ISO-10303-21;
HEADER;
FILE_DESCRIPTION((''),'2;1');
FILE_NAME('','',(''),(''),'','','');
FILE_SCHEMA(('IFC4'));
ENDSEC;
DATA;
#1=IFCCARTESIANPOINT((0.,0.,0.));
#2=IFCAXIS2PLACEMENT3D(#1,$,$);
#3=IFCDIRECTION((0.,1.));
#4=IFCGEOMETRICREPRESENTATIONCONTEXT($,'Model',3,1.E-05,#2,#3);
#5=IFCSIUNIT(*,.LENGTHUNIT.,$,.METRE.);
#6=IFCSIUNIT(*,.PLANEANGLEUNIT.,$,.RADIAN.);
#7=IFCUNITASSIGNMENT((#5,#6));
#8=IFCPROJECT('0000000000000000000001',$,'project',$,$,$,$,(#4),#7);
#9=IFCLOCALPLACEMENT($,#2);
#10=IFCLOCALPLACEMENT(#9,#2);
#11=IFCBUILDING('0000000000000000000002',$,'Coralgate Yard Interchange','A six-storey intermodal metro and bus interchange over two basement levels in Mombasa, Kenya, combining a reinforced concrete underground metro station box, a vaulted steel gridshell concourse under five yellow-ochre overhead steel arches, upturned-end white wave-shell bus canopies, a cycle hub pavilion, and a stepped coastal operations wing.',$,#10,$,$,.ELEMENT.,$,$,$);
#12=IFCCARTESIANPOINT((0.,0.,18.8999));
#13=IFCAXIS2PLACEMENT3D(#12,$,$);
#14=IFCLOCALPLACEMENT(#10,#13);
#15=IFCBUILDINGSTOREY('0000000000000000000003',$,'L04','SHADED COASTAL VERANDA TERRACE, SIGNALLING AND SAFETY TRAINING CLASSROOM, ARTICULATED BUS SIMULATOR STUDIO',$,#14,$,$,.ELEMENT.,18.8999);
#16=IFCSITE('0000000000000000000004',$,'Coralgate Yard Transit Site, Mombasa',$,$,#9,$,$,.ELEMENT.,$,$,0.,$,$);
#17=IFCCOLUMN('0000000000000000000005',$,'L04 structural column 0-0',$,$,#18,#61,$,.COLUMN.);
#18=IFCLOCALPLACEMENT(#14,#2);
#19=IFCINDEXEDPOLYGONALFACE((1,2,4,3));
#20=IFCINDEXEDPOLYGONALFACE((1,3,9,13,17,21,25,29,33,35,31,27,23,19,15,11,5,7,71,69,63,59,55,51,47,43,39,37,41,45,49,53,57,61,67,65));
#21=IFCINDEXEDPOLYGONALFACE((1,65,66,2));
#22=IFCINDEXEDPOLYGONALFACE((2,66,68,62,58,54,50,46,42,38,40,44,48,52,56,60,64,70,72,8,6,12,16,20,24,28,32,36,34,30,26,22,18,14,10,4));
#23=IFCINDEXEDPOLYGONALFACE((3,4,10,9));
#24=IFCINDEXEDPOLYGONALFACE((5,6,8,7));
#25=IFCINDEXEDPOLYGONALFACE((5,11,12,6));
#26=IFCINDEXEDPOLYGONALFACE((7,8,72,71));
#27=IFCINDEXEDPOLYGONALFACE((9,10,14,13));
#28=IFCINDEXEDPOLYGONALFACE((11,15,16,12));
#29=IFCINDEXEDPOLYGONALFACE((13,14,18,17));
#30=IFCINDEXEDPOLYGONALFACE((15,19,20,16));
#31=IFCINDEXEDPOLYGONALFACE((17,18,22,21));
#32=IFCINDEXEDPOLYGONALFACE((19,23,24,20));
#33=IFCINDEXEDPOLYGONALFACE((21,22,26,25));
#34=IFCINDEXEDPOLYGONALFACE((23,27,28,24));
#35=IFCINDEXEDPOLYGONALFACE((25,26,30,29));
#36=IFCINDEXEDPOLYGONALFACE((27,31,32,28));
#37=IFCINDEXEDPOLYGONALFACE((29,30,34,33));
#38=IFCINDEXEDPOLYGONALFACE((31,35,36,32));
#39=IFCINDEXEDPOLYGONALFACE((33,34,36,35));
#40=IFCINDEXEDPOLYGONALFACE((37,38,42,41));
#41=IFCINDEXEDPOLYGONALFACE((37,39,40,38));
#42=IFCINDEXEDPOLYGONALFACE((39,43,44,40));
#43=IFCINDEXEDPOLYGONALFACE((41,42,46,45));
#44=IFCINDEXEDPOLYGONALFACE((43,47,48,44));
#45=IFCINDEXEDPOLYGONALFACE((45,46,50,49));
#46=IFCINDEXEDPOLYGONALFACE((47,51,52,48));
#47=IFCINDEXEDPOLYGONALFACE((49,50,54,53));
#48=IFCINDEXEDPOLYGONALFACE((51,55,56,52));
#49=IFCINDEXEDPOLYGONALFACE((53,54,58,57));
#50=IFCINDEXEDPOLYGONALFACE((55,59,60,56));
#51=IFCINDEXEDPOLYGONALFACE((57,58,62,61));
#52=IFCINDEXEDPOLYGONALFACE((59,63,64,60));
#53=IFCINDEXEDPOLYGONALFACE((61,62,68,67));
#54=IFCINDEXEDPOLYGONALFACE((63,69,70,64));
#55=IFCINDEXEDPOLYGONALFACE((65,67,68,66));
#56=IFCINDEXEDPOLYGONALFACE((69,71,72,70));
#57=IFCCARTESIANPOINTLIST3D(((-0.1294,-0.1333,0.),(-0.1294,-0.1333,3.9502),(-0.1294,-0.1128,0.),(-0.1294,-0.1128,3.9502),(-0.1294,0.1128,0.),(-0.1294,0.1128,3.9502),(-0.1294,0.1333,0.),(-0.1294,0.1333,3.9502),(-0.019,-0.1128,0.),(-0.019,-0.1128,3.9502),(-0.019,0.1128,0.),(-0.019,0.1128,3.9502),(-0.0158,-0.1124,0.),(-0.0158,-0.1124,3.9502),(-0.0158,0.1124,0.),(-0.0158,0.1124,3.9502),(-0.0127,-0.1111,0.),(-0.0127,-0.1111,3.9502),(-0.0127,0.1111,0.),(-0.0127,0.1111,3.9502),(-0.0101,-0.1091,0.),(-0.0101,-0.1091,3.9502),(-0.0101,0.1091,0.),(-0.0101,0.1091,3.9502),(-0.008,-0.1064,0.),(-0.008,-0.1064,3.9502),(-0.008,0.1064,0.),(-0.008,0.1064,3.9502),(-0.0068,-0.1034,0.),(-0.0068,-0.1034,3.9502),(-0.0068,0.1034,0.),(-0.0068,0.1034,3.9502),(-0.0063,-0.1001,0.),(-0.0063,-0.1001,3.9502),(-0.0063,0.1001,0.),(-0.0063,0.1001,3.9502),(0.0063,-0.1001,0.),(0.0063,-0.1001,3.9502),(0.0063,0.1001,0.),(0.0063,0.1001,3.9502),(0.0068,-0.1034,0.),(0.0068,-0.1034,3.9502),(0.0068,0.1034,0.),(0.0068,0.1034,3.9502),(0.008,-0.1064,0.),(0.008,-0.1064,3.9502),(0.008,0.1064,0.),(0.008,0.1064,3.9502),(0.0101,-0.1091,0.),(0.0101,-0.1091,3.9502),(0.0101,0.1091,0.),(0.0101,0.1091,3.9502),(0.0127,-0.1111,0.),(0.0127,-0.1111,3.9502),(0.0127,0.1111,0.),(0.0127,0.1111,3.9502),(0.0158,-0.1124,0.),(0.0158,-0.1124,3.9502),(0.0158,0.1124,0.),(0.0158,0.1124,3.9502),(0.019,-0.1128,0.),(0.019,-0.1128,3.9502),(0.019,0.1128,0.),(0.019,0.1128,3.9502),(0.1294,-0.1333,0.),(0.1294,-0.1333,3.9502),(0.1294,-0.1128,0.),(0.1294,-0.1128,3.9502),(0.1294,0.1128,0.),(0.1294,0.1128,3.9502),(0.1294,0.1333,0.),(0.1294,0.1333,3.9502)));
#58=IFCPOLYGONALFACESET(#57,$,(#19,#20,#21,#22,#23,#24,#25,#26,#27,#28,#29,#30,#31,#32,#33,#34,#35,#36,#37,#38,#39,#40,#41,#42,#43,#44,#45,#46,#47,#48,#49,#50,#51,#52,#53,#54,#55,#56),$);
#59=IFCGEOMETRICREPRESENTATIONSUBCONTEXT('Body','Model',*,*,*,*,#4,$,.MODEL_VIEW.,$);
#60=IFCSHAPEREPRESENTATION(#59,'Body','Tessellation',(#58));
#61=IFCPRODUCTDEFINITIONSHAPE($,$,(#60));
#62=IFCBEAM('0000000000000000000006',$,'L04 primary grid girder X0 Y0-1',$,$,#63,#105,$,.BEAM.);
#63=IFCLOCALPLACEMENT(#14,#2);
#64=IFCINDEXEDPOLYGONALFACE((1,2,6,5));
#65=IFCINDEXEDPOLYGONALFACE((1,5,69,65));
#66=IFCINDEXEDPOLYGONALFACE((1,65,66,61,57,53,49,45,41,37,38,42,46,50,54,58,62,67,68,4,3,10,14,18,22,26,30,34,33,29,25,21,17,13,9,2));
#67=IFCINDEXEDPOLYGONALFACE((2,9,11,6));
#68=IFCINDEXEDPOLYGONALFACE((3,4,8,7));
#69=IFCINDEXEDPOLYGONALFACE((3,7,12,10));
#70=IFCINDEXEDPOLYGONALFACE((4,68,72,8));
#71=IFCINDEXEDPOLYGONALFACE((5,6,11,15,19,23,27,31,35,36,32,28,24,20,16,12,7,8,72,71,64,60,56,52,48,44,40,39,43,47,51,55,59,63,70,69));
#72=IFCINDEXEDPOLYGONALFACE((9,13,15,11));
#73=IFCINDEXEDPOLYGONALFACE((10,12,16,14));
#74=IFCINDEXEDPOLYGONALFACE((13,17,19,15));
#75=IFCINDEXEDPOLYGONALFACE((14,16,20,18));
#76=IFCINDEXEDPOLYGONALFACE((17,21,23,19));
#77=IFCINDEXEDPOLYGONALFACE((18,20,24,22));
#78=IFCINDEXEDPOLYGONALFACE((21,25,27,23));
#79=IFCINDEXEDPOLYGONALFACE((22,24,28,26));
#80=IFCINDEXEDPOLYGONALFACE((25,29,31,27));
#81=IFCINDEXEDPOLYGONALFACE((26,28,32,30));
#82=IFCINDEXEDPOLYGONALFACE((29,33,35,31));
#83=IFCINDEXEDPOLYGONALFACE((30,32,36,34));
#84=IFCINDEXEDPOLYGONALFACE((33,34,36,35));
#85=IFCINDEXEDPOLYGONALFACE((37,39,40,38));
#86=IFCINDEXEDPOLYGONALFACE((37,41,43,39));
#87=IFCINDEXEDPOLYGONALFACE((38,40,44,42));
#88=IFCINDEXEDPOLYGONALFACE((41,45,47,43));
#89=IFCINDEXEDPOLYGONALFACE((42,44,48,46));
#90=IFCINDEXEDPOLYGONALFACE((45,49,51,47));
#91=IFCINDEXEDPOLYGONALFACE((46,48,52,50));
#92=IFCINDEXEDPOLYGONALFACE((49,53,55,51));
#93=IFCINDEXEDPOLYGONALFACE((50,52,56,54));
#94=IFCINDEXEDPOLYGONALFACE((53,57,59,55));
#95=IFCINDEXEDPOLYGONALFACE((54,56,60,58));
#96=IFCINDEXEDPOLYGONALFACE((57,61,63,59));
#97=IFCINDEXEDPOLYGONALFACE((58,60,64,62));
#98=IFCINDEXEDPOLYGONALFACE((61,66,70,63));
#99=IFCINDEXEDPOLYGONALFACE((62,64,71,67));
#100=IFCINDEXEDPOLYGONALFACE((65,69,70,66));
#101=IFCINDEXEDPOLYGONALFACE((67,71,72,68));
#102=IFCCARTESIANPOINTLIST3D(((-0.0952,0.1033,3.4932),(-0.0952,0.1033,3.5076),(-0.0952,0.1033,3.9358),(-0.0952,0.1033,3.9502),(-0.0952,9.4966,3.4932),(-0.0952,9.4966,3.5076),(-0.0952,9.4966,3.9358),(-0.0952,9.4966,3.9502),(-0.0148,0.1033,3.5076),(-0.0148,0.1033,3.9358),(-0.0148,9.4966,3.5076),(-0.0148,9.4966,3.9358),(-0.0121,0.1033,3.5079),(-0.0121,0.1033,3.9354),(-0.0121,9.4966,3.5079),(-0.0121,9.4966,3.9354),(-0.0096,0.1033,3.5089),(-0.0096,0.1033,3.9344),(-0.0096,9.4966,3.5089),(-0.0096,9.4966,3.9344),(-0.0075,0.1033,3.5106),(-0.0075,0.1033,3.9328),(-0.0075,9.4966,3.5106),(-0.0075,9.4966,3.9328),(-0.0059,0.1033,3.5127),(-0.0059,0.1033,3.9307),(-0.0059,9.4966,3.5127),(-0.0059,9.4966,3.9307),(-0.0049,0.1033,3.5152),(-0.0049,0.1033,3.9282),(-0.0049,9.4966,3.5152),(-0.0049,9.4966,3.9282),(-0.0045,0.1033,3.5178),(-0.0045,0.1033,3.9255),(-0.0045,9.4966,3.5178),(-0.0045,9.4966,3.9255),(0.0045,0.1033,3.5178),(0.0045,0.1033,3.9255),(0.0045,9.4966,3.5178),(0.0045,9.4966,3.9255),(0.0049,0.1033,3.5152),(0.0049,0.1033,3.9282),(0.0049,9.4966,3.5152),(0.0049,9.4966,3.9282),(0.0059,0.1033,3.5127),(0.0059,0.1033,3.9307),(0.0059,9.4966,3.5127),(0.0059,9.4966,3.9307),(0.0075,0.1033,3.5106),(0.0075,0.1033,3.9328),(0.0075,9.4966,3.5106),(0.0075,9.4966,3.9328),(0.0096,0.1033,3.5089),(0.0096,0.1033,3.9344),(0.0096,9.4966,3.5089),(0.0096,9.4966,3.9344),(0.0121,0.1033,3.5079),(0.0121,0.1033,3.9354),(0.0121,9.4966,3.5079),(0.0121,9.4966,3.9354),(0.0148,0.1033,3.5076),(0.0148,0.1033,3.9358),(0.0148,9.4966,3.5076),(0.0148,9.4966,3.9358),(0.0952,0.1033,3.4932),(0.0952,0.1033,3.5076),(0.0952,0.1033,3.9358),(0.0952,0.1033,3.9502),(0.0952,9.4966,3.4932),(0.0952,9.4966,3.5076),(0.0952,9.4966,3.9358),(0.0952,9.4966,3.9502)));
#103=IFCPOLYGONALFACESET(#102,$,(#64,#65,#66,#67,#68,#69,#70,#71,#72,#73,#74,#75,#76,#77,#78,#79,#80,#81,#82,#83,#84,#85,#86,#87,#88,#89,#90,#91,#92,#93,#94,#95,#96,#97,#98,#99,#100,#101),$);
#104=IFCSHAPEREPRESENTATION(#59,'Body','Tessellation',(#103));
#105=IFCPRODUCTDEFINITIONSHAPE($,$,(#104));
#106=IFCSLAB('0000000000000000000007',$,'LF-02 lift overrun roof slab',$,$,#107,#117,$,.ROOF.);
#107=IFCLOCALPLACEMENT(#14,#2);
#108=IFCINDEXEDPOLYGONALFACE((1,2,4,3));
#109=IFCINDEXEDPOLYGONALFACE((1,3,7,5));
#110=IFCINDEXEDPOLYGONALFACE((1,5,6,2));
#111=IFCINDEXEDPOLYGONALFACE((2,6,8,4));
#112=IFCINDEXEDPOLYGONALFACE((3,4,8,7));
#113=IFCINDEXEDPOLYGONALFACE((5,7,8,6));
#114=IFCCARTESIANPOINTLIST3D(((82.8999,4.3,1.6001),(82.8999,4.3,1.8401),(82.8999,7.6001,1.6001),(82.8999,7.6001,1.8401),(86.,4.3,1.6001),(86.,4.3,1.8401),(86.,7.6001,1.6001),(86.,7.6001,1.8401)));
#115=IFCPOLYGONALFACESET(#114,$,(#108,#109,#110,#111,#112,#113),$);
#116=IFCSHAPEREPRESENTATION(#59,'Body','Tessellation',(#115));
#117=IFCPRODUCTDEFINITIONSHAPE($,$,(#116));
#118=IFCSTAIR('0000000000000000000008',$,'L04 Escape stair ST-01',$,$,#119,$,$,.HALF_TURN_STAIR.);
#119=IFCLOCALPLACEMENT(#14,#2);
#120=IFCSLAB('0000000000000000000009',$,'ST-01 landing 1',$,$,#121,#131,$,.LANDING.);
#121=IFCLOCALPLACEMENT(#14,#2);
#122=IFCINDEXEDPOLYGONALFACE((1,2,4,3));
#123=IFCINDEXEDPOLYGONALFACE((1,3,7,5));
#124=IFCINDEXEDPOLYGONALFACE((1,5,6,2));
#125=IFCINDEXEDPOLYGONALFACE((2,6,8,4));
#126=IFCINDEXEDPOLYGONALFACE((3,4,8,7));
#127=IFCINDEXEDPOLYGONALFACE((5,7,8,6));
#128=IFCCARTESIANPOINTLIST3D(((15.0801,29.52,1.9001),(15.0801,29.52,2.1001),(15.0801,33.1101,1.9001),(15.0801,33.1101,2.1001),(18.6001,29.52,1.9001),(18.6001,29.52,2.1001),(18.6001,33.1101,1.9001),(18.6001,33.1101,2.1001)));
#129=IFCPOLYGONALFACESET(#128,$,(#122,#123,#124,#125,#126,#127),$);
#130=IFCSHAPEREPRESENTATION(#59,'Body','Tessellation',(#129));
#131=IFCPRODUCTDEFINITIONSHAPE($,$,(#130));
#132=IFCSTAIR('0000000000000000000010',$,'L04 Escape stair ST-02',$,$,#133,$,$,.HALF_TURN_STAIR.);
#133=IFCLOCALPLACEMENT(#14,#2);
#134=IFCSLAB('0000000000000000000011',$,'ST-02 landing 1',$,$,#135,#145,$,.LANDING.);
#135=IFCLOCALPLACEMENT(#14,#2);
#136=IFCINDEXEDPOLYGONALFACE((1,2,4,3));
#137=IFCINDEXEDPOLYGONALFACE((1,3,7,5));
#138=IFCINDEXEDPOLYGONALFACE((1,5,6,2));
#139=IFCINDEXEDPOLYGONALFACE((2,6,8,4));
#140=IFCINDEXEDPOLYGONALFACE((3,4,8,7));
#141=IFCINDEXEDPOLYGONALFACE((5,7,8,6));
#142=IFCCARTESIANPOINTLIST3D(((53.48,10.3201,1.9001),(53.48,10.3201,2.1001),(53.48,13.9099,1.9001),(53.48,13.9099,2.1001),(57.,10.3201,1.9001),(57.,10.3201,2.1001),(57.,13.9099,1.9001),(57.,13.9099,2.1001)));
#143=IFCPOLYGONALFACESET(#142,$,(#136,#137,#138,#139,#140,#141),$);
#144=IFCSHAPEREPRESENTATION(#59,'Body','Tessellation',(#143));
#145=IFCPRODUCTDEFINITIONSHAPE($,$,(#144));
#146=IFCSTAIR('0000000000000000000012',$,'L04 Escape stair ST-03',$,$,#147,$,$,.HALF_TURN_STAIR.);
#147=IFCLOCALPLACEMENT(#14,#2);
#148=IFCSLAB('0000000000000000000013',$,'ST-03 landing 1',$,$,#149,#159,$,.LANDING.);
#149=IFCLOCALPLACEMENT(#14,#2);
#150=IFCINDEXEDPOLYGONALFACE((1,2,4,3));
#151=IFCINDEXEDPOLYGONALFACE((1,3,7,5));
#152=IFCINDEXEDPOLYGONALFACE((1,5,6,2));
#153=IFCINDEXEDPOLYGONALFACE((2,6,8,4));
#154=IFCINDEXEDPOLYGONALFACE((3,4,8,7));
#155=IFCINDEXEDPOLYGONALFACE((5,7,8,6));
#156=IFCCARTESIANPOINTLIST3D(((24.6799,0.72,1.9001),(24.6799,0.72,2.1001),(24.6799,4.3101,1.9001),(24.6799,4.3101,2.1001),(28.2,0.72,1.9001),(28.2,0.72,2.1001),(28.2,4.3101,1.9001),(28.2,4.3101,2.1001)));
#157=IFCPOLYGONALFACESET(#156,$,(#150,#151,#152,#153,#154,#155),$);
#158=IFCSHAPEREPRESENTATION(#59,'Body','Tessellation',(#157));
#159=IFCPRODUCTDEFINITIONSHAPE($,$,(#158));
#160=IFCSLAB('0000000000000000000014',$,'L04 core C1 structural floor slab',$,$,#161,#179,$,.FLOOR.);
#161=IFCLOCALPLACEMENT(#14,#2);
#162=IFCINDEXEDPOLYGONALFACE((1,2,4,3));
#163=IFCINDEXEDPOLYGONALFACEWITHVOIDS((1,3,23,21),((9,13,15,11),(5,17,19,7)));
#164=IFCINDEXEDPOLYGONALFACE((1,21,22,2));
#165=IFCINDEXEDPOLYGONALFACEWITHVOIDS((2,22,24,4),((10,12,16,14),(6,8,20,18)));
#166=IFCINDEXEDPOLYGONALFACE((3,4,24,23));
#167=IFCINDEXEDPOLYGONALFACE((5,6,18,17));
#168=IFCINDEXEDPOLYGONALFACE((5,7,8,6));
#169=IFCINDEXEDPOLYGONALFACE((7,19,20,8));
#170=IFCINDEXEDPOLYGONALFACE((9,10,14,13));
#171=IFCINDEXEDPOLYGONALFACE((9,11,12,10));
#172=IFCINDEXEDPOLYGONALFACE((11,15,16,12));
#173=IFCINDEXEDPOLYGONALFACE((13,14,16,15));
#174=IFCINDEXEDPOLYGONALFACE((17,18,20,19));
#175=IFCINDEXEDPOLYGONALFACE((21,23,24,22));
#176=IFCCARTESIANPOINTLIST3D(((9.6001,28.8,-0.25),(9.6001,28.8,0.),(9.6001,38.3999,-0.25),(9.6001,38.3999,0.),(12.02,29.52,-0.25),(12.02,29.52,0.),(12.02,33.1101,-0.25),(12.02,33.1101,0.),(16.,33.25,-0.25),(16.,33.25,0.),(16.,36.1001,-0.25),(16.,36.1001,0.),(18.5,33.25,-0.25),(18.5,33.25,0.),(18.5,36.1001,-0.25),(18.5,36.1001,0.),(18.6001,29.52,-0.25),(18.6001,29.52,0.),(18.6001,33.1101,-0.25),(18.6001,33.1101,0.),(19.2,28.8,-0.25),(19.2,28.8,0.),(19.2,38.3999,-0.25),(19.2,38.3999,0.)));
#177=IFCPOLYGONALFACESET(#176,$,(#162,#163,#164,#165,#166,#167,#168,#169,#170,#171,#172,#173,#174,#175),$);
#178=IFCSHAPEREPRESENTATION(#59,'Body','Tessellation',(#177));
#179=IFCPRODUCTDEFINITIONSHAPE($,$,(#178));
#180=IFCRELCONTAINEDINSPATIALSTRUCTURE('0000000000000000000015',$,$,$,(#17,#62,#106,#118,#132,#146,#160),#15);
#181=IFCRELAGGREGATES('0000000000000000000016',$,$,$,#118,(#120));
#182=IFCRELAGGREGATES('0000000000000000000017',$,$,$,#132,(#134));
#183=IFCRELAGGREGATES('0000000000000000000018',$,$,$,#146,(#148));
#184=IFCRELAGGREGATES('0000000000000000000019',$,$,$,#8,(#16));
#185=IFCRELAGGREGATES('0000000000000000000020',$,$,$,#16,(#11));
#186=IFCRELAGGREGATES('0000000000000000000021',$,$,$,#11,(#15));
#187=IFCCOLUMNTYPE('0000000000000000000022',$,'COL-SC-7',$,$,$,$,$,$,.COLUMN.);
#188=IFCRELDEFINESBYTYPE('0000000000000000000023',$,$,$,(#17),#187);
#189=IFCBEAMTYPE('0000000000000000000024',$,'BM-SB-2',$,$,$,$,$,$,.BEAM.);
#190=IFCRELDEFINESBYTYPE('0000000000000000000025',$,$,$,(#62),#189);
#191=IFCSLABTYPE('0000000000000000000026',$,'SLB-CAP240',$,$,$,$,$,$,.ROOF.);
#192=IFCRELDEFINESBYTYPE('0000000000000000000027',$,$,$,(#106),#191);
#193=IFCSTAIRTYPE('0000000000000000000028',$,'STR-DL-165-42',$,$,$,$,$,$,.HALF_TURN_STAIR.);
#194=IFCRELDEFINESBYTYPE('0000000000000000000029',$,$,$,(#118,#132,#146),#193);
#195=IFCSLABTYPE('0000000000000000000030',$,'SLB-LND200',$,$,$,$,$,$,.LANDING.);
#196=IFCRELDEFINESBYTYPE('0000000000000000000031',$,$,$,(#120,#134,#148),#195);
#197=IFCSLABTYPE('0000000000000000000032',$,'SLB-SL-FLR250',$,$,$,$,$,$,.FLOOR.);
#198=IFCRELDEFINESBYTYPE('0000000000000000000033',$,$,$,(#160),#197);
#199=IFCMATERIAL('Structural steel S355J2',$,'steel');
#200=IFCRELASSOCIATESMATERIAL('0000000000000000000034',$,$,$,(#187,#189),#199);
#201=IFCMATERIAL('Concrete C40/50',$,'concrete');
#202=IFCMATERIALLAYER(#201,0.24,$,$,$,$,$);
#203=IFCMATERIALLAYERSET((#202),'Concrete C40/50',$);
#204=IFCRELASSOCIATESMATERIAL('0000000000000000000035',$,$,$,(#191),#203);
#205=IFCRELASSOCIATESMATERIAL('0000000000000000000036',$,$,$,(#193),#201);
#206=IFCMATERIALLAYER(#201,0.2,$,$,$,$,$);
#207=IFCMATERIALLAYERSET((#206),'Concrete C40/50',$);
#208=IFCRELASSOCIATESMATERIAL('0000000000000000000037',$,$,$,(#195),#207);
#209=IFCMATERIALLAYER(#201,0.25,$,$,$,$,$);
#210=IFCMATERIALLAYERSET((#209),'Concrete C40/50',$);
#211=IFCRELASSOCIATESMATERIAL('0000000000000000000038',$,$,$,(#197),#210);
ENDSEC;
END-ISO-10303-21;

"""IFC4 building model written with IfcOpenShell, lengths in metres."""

from ifc_helpers import new_model, si_unit, direction, frame, origin, origin_with_axes, origin_2d, place, context, subcontext, project, spatial, polyline, i_section, outline, extrude, material, layer, layer_set, material_profile, profile_set, type_object, element, aggregate, save


model = new_model("IFC4")

# Units and contexts
model_context = context("Model", 3, precision=1e-05, world=origin(), true_north=direction((0.0, 1.0)))
body_context = subcontext(model_context, "Body", "Model", "MODEL_VIEW")
ifc_project = project(units=[si_unit("LENGTHUNIT", "METRE"), si_unit("PLANEANGLEUNIT", "RADIAN")], contexts=[model_context])

# Site, building, storey
site_placement = place(None, origin())
site = spatial("IfcSite", under=ifc_project, at=site_placement, Name="Coralgate Yard Transit Site, Mombasa", CompositionType="ELEMENT", RefElevation=0.0)
building_placement = place(site_placement, origin())
building = spatial("IfcBuilding", under=site, at=building_placement, Name="Coralgate Yard Interchange", Description="A six-storey intermodal metro and bus interchange over two basement levels in Mombasa, Kenya, combining a reinforced concrete underground metro station box, a vaulted steel gridshell concourse under five yellow-ochre overhead steel arches, upturned-end white wave-shell bus canopies, a cycle hub pavilion, and a stepped coastal operations wing.", CompositionType="ELEMENT")
storey_placement = place(building_placement, frame((0.0, 0.0, 18.8999)))
storey = spatial("IfcBuildingStorey", under=building, at=storey_placement, Name="L04", Description="SHADED COASTAL VERANDA TERRACE, SIGNALLING AND SAFETY TRAINING CLASSROOM, ARTICULATED BUS SIMULATOR STUDIO", CompositionType="ELEMENT", Elevation=18.8999)

# Column
ifc_material_1 = material(Name="Structural steel S355J2", Category="steel")
ifc_material_profile_1 = material_profile(ifc_material_1, i_section(OverallWidth=0.2588, OverallDepth=0.2666, WebThickness=0.0127, FlangeThickness=0.0205, FilletRadius=0.0127, at=origin_2d()), Name="UC 254x254x107")
ifc_profile_set_1 = profile_set([ifc_material_profile_1], Name="Structural steel S355J2")
column_type = type_object("IfcColumnType", Name="COL-SC-7", PredefinedType="COLUMN", material=ifc_profile_set_1)
column_placement = place(storey_placement, origin_with_axes())
element("IfcColumn", 1, at=column_placement, inside=storey, type_object=column_type, Name="L04 structural column 0-0", PredefinedType="COLUMN", context=body_context, shape_type="SweptSolid", body=[
    extrude(i_section(OverallWidth=0.2588, OverallDepth=0.2666, WebThickness=0.0127, FlangeThickness=0.0205, FilletRadius=0.0127, at=origin_2d()), origin(), (0.0, 0.0, 1.0), 3.9502),
])

# Beam
ifc_material_profile_2 = material_profile(ifc_material_1, i_section(OverallWidth=0.1904, OverallDepth=0.457, WebThickness=0.009, FlangeThickness=0.0144, FilletRadius=0.0103, at=origin_2d()), Name="UB 457x191x74")
ifc_profile_set_2 = profile_set([ifc_material_profile_2], Name="Structural steel S355J2")
beam_type = type_object("IfcBeamType", Name="BM-SB-2", PredefinedType="BEAM", material=ifc_profile_set_2)
beam_placement = place(storey_placement, frame((0.0, 0.1033, 3.7217), z_axis=(0.0, 1.0, 0.0), x_axis=(-1.0, 0.0, 0.0)))
element("IfcBeam", 2, at=beam_placement, inside=storey, type_object=beam_type, Name="L04 primary grid girder X0 Y0-1", PredefinedType="BEAM", context=body_context, shape_type="SweptSolid", body=[
    extrude(i_section(OverallWidth=0.1904, OverallDepth=0.457, WebThickness=0.009, FlangeThickness=0.0144, FilletRadius=0.0103, at=origin_2d()), origin(), (0.0, 0.0, 1.0), 9.3933),
])

# Slab
ifc_material_2 = material(Name="Concrete C40/50", Category="concrete")
ifc_layer_1 = layer(ifc_material_2, 0.24)
ifc_layer_set_1 = layer_set([ifc_layer_1], Name="Concrete C40/50")
slab_type_1 = type_object("IfcSlabType", Name="SLB-CAP240", PredefinedType="ROOF", material=ifc_layer_set_1)
slab_1_placement = place(storey_placement, frame((0.0, 0.0, 1.6001)))
element("IfcSlab", 3, at=slab_1_placement, inside=storey, type_object=slab_type_1, Name="LF-02 lift overrun roof slab", PredefinedType="ROOF", context=body_context, shape_type="SweptSolid", body=[
    extrude(outline(polyline([(82.8999, 4.3), (86.0, 4.3), (86.0, 7.6001), (82.8999, 7.6001), (82.8999, 4.3)])), origin(), (0.0, 0.0, 1.0), 0.24),
])

# Stairs, slabs
stair_type = type_object("IfcStairType", Name="STR-DL-165-42", PredefinedType="HALF_TURN_STAIR", material=ifc_material_2)
stair_1_placement = place(storey_placement, origin())
stair_1 = element("IfcStair", 4, at=stair_1_placement, inside=storey, type_object=stair_type, Name="L04 Escape stair ST-01", PredefinedType="HALF_TURN_STAIR")
ifc_layer_2 = layer(ifc_material_2, 0.2)
ifc_layer_set_2 = layer_set([ifc_layer_2], Name="Concrete C40/50")
slab_type_2 = type_object("IfcSlabType", Name="SLB-LND200", PredefinedType="LANDING", material=ifc_layer_set_2)
slab_2_placement = place(storey_placement, frame((0.0, 0.0, 1.9001)))
slab_2 = element("IfcSlab", 5, at=slab_2_placement, type_object=slab_type_2, Name="ST-01 landing 1", PredefinedType="LANDING", context=body_context, shape_type="SweptSolid", body=[
    extrude(outline(polyline([(15.0801, 29.52), (18.6001, 29.52), (18.6001, 33.1101), (15.0801, 33.1101), (15.0801, 29.52)])), origin(), (0.0, 0.0, 1.0), 0.2),
])
aggregate(stair_1, [slab_2])
stair_2_placement = place(storey_placement, origin())
stair_2 = element("IfcStair", 6, at=stair_2_placement, inside=storey, type_object=stair_type, Name="L04 Escape stair ST-02", PredefinedType="HALF_TURN_STAIR")
slab_3_placement = place(storey_placement, frame((0.0, 0.0, 1.9001)))
slab_3 = element("IfcSlab", 7, at=slab_3_placement, type_object=slab_type_2, Name="ST-02 landing 1", PredefinedType="LANDING", context=body_context, shape_type="SweptSolid", body=[
    extrude(outline(polyline([(53.48, 10.3201), (57.0, 10.3201), (57.0, 13.9099), (53.48, 13.9099), (53.48, 10.3201)])), origin(), (0.0, 0.0, 1.0), 0.2),
])
aggregate(stair_2, [slab_3])
stair_3_placement = place(storey_placement, origin())
stair_3 = element("IfcStair", 8, at=stair_3_placement, inside=storey, type_object=stair_type, Name="L04 Escape stair ST-03", PredefinedType="HALF_TURN_STAIR")
slab_4_placement = place(storey_placement, frame((0.0, 0.0, 1.9001)))
slab_4 = element("IfcSlab", 9, at=slab_4_placement, type_object=slab_type_2, Name="ST-03 landing 1", PredefinedType="LANDING", context=body_context, shape_type="SweptSolid", body=[
    extrude(outline(polyline([(24.6799, 0.72), (28.2, 0.72), (28.2, 4.3101), (24.6799, 4.3101), (24.6799, 0.72)])), origin(), (0.0, 0.0, 1.0), 0.2),
])
aggregate(stair_3, [slab_4])

# Slab
ifc_layer_3 = layer(ifc_material_2, 0.25)
ifc_layer_set_3 = layer_set([ifc_layer_3], Name="Concrete C40/50")
slab_type_3 = type_object("IfcSlabType", Name="SLB-SL-FLR250", PredefinedType="FLOOR", material=ifc_layer_set_3)
slab_5_placement = place(storey_placement, frame((0.0, 0.0, -0.25)))
element("IfcSlab", 10, at=slab_5_placement, inside=storey, type_object=slab_type_3, Name="L04 core C1 structural floor slab", PredefinedType="FLOOR", context=body_context, shape_type="SweptSolid", body=[
    extrude(outline(polyline([(19.2, 38.3999), (19.2, 28.8), (9.6001, 28.8), (9.6001, 38.3999), (19.2, 38.3999)]), holes=[polyline([(18.6001, 33.1101), (12.02, 33.1101), (12.02, 29.52), (18.6001, 29.52), (18.6001, 33.1101)]), polyline([(18.5, 33.25), (18.5, 36.1001), (16.0, 36.1001), (16.0, 33.25), (18.5, 33.25)])]), origin(), (0.0, 0.0, 1.0), 0.25),
])

save(model, "model.ifc")
